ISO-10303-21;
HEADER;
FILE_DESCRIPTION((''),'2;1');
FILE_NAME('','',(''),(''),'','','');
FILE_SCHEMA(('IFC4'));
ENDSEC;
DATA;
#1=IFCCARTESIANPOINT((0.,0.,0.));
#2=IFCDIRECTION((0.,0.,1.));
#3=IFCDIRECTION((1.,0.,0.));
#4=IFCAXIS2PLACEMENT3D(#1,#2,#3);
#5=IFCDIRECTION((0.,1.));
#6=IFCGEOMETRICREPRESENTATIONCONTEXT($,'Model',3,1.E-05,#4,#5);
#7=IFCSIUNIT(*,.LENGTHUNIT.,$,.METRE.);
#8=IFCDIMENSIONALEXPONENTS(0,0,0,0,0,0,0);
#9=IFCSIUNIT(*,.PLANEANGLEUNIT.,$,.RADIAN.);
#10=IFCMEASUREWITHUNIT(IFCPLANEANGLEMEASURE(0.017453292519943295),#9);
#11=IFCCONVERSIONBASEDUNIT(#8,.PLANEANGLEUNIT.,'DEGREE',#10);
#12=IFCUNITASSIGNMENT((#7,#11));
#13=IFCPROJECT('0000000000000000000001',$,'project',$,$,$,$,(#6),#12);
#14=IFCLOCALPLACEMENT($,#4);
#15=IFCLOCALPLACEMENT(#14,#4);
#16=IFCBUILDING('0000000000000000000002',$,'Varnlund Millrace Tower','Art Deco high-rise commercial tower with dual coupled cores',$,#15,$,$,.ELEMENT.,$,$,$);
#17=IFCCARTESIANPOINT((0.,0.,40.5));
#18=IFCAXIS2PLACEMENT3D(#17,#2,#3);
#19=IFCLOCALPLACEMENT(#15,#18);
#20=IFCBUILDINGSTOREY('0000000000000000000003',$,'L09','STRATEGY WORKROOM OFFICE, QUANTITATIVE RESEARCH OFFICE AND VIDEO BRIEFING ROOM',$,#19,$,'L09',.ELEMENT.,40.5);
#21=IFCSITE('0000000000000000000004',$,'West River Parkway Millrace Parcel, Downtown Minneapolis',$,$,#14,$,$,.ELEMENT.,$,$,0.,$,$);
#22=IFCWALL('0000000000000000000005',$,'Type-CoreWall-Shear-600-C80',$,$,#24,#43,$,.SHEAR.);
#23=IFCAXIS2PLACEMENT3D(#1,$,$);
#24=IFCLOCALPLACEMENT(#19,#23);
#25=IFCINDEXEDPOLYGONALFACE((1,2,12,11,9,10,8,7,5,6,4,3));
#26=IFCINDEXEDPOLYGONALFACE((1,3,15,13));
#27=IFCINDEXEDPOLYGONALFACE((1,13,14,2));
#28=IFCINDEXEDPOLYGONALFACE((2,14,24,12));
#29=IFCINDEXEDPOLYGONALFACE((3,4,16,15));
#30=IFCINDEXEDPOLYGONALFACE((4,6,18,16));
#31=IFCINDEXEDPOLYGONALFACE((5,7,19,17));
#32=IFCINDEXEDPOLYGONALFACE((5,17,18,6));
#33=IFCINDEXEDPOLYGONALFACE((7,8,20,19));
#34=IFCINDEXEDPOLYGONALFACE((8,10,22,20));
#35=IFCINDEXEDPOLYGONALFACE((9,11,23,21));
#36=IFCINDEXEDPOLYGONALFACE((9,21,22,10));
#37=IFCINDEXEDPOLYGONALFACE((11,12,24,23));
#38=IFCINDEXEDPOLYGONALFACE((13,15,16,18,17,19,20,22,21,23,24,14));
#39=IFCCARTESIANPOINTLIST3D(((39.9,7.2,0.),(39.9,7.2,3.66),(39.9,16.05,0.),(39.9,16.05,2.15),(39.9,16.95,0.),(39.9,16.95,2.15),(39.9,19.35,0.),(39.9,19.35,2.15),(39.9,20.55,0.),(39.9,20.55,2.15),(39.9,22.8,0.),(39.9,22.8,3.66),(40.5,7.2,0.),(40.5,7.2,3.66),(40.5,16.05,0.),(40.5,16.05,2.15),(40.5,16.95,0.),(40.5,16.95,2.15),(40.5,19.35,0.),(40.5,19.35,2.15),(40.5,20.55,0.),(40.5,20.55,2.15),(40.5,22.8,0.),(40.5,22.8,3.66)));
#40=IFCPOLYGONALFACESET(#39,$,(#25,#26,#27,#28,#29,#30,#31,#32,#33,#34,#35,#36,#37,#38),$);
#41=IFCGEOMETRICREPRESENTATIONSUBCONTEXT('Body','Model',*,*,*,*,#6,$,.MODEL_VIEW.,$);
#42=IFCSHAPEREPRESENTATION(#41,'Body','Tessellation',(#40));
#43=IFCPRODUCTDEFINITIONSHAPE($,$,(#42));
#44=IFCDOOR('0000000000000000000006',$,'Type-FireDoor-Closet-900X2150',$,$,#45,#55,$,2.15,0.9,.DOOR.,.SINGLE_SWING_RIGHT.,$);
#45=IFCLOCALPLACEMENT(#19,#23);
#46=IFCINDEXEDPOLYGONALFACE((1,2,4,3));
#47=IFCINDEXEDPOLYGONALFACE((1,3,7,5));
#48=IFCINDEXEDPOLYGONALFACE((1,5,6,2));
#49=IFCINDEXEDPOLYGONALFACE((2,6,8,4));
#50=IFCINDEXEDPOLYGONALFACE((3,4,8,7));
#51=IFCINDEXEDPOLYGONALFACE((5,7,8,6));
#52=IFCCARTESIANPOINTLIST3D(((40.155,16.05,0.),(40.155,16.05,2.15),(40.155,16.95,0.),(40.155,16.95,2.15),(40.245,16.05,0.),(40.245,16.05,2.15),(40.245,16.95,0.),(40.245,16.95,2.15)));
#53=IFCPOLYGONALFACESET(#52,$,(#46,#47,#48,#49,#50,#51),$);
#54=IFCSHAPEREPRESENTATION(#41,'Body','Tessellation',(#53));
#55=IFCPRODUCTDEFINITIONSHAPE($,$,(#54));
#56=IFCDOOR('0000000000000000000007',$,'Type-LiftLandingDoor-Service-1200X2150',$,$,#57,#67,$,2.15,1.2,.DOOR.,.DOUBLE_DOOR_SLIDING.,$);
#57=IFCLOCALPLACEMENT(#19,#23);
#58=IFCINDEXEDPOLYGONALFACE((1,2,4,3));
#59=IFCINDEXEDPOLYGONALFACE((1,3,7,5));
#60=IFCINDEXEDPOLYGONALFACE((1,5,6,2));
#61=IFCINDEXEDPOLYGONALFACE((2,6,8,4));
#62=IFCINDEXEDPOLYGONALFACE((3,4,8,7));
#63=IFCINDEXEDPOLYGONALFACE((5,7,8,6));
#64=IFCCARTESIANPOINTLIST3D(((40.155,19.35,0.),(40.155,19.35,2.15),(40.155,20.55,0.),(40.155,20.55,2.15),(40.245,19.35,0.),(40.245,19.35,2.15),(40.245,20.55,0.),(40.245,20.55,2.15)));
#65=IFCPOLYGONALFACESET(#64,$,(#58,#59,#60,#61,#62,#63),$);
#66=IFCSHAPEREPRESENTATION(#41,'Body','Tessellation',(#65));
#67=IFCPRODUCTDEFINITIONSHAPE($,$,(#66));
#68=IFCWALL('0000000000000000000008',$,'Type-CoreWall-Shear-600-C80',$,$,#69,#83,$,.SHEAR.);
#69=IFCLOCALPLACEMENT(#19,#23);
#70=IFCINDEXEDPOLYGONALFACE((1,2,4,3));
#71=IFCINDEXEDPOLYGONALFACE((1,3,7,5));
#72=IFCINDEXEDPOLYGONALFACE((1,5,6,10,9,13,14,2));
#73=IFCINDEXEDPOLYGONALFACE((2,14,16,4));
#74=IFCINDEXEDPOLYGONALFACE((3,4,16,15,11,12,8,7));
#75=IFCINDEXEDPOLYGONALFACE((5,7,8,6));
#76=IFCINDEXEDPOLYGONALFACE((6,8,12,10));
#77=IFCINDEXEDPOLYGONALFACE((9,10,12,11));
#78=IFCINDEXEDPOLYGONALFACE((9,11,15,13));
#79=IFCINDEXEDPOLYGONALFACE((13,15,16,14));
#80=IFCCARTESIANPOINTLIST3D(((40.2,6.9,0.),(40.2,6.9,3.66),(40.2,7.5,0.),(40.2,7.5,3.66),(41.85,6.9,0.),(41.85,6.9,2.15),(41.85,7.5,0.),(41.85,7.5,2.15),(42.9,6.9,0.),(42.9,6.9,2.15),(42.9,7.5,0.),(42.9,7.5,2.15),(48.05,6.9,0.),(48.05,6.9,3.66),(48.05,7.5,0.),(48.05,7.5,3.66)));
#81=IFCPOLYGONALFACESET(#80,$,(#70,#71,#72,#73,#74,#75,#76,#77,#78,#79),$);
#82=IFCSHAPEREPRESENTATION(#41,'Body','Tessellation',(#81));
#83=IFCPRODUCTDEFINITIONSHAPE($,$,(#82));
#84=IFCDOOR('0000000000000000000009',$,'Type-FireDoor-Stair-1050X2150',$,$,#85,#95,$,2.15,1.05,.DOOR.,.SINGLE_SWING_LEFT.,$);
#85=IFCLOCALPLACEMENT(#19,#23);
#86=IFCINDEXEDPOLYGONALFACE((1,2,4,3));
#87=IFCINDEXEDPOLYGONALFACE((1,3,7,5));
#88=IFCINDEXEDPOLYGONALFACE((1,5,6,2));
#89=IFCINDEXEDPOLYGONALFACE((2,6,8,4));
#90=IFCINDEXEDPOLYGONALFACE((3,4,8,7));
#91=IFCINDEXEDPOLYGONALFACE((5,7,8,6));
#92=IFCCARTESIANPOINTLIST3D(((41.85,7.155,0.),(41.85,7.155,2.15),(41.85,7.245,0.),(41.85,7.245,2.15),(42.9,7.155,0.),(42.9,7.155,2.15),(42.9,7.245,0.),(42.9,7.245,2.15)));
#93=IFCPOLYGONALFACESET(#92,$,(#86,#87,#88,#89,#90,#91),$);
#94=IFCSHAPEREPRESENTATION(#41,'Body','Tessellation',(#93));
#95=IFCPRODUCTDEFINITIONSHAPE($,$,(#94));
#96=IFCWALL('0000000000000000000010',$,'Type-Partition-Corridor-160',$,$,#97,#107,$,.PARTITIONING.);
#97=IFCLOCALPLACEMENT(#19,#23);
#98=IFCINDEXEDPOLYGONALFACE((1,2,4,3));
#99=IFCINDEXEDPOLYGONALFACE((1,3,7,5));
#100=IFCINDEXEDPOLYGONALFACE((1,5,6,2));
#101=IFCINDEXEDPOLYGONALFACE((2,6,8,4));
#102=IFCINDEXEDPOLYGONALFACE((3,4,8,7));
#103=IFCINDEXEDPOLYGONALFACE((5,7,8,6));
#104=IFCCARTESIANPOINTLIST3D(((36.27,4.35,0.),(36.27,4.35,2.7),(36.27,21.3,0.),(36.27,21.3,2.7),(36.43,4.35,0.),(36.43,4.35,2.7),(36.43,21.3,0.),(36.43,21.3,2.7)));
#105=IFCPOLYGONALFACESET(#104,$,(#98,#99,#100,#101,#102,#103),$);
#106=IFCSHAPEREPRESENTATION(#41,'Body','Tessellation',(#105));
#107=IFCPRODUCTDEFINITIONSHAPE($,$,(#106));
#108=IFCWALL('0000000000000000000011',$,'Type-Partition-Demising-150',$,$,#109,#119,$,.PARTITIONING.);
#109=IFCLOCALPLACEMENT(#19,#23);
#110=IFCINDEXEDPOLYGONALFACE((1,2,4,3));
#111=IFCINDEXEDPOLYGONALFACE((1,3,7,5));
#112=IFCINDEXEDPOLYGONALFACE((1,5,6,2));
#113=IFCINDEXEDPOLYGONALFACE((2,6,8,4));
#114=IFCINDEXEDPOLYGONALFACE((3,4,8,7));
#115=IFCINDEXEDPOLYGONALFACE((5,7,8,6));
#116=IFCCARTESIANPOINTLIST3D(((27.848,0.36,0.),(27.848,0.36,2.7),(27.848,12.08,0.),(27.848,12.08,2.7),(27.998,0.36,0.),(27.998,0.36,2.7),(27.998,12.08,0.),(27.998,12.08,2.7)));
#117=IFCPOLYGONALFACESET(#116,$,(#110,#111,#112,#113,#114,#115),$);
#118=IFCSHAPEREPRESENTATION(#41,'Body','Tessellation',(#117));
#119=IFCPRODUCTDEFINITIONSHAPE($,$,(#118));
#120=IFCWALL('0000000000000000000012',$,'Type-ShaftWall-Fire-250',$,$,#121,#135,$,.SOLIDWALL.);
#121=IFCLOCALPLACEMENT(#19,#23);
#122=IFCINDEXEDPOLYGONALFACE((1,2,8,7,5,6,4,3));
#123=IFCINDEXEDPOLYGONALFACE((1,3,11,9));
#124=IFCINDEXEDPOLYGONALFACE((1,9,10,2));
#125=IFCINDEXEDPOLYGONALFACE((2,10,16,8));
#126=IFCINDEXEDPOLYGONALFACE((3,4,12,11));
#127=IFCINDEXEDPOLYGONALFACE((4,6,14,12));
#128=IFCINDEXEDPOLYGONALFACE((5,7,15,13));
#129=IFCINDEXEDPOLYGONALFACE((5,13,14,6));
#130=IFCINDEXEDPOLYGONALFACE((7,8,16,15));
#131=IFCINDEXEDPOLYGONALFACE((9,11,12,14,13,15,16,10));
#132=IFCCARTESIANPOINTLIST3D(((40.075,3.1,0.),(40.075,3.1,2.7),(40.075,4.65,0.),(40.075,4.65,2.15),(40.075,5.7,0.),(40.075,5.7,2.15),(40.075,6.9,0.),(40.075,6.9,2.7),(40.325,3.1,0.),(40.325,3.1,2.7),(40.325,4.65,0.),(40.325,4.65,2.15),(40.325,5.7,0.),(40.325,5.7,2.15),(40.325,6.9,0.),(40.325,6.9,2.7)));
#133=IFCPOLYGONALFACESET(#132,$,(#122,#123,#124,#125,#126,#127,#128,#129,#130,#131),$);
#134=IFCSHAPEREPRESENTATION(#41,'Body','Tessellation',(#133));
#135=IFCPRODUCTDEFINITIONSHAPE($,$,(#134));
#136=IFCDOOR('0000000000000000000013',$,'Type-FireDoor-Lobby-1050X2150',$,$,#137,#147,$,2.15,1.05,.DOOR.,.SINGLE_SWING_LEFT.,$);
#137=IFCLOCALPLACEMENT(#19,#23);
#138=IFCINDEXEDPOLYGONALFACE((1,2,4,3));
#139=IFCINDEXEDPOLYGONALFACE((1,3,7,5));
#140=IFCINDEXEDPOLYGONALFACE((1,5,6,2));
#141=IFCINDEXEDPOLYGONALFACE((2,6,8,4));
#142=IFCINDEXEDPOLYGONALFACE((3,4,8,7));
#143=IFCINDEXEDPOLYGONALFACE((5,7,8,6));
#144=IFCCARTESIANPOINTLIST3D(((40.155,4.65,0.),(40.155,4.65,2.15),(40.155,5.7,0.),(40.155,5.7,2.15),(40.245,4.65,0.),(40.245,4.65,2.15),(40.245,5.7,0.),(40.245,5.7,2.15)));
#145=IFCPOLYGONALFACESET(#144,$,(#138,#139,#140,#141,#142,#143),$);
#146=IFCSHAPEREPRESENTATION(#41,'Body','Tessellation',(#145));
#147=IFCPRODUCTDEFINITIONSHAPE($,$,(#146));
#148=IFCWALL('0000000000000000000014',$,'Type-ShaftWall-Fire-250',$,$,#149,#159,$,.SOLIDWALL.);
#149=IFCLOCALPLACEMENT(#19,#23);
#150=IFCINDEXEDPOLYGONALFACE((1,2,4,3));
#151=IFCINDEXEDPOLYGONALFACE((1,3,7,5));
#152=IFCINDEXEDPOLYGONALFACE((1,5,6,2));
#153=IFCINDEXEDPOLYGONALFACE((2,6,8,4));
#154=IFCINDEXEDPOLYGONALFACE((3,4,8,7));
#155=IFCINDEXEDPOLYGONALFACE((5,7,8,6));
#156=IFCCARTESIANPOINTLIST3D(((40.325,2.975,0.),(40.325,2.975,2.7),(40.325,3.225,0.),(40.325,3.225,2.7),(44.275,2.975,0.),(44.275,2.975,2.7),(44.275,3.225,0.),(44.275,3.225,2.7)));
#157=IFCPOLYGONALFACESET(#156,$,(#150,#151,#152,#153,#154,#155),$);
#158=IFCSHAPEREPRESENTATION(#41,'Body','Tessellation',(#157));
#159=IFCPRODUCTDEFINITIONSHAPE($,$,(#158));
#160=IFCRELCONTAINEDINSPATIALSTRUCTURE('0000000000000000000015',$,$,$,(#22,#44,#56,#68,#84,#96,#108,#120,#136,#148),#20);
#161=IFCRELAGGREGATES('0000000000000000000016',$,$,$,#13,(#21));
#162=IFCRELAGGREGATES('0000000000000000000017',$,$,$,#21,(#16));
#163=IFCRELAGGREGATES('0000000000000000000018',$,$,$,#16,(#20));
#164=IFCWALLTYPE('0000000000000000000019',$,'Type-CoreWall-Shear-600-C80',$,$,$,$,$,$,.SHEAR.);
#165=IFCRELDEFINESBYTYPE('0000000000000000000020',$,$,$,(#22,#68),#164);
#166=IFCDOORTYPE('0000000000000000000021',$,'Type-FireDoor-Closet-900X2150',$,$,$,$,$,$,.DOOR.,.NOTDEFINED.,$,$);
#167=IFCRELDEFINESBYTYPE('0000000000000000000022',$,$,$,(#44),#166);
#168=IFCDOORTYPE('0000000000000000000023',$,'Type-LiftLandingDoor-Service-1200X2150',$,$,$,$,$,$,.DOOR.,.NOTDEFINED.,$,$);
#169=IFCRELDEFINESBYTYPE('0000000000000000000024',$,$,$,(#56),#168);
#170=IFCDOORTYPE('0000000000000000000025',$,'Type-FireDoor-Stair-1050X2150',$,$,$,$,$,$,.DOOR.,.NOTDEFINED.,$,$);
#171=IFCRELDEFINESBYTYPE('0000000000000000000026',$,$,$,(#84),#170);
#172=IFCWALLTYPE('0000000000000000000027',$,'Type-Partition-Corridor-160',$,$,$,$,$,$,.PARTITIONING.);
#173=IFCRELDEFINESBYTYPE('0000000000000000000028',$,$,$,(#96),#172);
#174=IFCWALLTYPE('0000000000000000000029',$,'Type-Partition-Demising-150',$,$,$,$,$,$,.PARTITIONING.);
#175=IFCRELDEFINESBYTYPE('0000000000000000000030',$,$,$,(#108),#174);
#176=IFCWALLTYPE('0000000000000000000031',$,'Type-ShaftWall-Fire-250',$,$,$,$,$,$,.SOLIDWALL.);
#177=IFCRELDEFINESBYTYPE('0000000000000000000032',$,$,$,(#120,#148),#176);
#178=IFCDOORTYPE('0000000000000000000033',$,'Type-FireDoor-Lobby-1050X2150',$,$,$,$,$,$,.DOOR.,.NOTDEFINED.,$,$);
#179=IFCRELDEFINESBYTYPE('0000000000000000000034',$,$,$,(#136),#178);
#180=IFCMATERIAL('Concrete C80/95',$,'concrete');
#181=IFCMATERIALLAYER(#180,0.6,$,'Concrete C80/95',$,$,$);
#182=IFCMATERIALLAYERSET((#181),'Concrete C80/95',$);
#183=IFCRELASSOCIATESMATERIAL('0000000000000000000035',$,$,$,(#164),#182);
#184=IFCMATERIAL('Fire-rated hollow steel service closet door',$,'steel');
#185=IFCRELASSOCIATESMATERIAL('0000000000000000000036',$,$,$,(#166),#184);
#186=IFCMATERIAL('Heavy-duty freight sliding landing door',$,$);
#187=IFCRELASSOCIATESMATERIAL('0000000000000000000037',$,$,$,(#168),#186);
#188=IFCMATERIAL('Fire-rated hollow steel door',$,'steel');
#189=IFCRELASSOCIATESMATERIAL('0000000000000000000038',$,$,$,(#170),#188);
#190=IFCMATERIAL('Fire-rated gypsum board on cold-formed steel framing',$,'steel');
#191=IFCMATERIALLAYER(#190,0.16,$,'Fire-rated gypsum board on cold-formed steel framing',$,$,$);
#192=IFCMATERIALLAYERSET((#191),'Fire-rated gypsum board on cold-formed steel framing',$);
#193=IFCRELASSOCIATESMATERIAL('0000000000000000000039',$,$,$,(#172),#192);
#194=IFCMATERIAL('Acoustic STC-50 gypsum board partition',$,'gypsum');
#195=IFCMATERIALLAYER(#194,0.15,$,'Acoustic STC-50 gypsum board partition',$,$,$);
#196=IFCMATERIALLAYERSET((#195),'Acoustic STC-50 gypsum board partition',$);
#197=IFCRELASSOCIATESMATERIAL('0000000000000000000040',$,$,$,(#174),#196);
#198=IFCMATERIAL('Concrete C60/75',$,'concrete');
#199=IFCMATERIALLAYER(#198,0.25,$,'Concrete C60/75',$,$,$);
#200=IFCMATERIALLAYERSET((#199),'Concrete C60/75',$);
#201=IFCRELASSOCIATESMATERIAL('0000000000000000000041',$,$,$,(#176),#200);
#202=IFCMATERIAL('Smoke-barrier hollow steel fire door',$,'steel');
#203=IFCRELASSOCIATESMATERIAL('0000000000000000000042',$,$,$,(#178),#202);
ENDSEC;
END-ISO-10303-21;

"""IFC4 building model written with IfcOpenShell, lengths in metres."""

from ifc_helpers import new_model, entity, si_unit, converted_unit, direction, frame, origin_with_axes, origin_2d_with_axis, place, context, subcontext, project, spatial, polyline, rectangle, outline, extrude, material, layer, layer_set, type_object, element, fill, save


model = new_model("IFC4")

# Units and contexts
model_context = context("Model", 3, precision=1e-05, world=origin_with_axes(), true_north=direction((0.0, 1.0)))
body_context = subcontext(model_context, "Body", "Model", "MODEL_VIEW")
ifc_project = project(units=[si_unit("LENGTHUNIT", "METRE"), converted_unit("PLANEANGLEUNIT", "DEGREE", entity("IfcPlaneAngleMeasure", 0.017453292519943295), si_unit("PLANEANGLEUNIT", "RADIAN"), dimensions=[0, 0, 0, 0, 0, 0, 0])], contexts=[model_context])

# Site, building, storey
site_placement = place(None, origin_with_axes())
site = spatial("IfcSite", under=ifc_project, at=site_placement, Name="West River Parkway Millrace Parcel, Downtown Minneapolis", CompositionType="ELEMENT", RefElevation=0.0)
building_placement = place(site_placement, origin_with_axes())
building = spatial("IfcBuilding", under=site, at=building_placement, Name="Varnlund Millrace Tower", Description="Art Deco high-rise commercial tower with dual coupled cores", CompositionType="ELEMENT")
storey_placement = place(building_placement, frame((0.0, 0.0, 40.5), z_axis=(0.0, 0.0, 1.0), x_axis=(1.0, 0.0, 0.0)))
storey = spatial("IfcBuildingStorey", under=building, at=storey_placement, Name="L09", Description="STRATEGY WORKROOM OFFICE, QUANTITATIVE RESEARCH OFFICE AND VIDEO BRIEFING ROOM", LongName="L09", CompositionType="ELEMENT", Elevation=40.5)

# Shared definitions
ifc_material_1 = material(Name="Concrete C80/95", Category="concrete")

# Wall, openings, doors
ifc_layer_1 = layer(ifc_material_1, 0.6, Name="Concrete C80/95")
ifc_layer_set_1 = layer_set([ifc_layer_1], Name="Concrete C80/95")
wall_type_1 = type_object("IfcWallType", Name="Type-CoreWall-Shear-600-C80", PredefinedType="SHEAR", material=ifc_layer_set_1)
wall_1_placement = place(storey_placement, frame((40.2, 7.2, 0.0), z_axis=(0.0, 0.0, 1.0), x_axis=(0.0, 1.0, 0.0)))
wall_1 = element("IfcWall", 1, at=wall_1_placement, inside=storey, type_object=wall_type_1, Name="Type-CoreWall-Shear-600-C80", PredefinedType="SHEAR", context=body_context, shape_type="SweptSolid", body=[
    extrude(outline(polyline([(0.0, -0.3), (15.6, -0.3), (15.6, 0.3), (0.0, 0.3), (0.0, -0.3)])), origin_with_axes(), (0.0, 0.0, 1.0), 3.66),
])
opening_1_placement = place(wall_1_placement, frame((12.75, 0.0, 0.0), z_axis=(0.0, 0.0, 1.0), x_axis=(1.0, 0.0, 0.0)))
opening_1 = element("IfcOpeningElement", 2, at=opening_1_placement, cuts=wall_1, PredefinedType="OPENING", context=body_context, shape_type="SweptSolid", body=[
    extrude(rectangle(XDim=1.2, YDim=0.62, at=origin_2d_with_axis()), origin_with_axes(), (0.0, 0.0, 1.0), 2.15),
])
opening_2_placement = place(wall_1_placement, frame((9.3, 0.0, 0.0), z_axis=(0.0, 0.0, 1.0), x_axis=(1.0, 0.0, 0.0)))
opening_2 = element("IfcOpeningElement", 3, at=opening_2_placement, cuts=wall_1, PredefinedType="OPENING", context=body_context, shape_type="SweptSolid", body=[
    extrude(rectangle(XDim=0.9, YDim=0.62, at=origin_2d_with_axis()), origin_with_axes(), (0.0, 0.0, 1.0), 2.15),
])
ifc_material_2 = material(Name="Fire-rated hollow steel service closet door", Category="steel")
door_type_1 = type_object("IfcDoorType", Name="Type-FireDoor-Closet-900X2150", OperationType="NOTDEFINED", PredefinedType="DOOR", material=ifc_material_2)
door_1_placement = place(wall_1_placement, frame((9.3, 0.0, 0.0), z_axis=(0.0, 0.0, 1.0), x_axis=(1.0, 0.0, 0.0)))
door_1 = element("IfcDoor", 4, at=door_1_placement, inside=storey, type_object=door_type_1, Name="Type-FireDoor-Closet-900X2150", OperationType="SINGLE_SWING_RIGHT", OverallHeight=2.15, OverallWidth=0.9, PredefinedType="DOOR", context=body_context, shape_type="SweptSolid", body=[
    extrude(rectangle(XDim=0.9, YDim=0.09, at=origin_2d_with_axis()), origin_with_axes(), (0.0, 0.0, 1.0), 2.15),
])
fill(opening_2, door_1)
ifc_material_3 = material(Name="Heavy-duty freight sliding landing door")
door_type_2 = type_object("IfcDoorType", Name="Type-LiftLandingDoor-Service-1200X2150", OperationType="NOTDEFINED", PredefinedType="DOOR", material=ifc_material_3)
door_2_placement = place(wall_1_placement, frame((12.75, 0.0, 0.0), z_axis=(0.0, 0.0, 1.0), x_axis=(1.0, 0.0, 0.0)))
door_2 = element("IfcDoor", 5, at=door_2_placement, inside=storey, type_object=door_type_2, Name="Type-LiftLandingDoor-Service-1200X2150", OperationType="DOUBLE_DOOR_SLIDING", OverallHeight=2.15, OverallWidth=1.2, PredefinedType="DOOR", context=body_context, shape_type="SweptSolid", body=[
    extrude(rectangle(XDim=1.2, YDim=0.09, at=origin_2d_with_axis()), origin_with_axes(), (0.0, 0.0, 1.0), 2.15),
])
fill(opening_1, door_2)

# Wall, opening, door
wall_2_placement = place(storey_placement, frame((40.2, 7.2, 0.0), z_axis=(0.0, 0.0, 1.0), x_axis=(1.0, 0.0, 0.0)))
wall_2 = element("IfcWall", 6, at=wall_2_placement, inside=storey, type_object=wall_type_1, Name="Type-CoreWall-Shear-600-C80", PredefinedType="SHEAR", context=body_context, shape_type="SweptSolid", body=[
    extrude(outline(polyline([(0.0, -0.3), (7.85, -0.3), (7.85, 0.3), (0.0, 0.3), (0.0, -0.3)])), origin_with_axes(), (0.0, 0.0, 1.0), 3.66),
])
opening_3_placement = place(wall_2_placement, frame((2.175, 0.0, 0.0), z_axis=(0.0, 0.0, 1.0), x_axis=(1.0, 0.0, 0.0)))
opening_3 = element("IfcOpeningElement", 7, at=opening_3_placement, cuts=wall_2, PredefinedType="OPENING", context=body_context, shape_type="SweptSolid", body=[
    extrude(rectangle(XDim=1.05, YDim=0.62, at=origin_2d_with_axis()), origin_with_axes(), (0.0, 0.0, 1.0), 2.15),
])
ifc_material_4 = material(Name="Fire-rated hollow steel door", Category="steel")
door_type_3 = type_object("IfcDoorType", Name="Type-FireDoor-Stair-1050X2150", OperationType="NOTDEFINED", PredefinedType="DOOR", material=ifc_material_4)
door_3_placement = place(wall_2_placement, frame((2.175, 0.0, 0.0), z_axis=(0.0, 0.0, 1.0), x_axis=(1.0, 0.0, 0.0)))
door_3 = element("IfcDoor", 8, at=door_3_placement, inside=storey, type_object=door_type_3, Name="Type-FireDoor-Stair-1050X2150", OperationType="SINGLE_SWING_LEFT", OverallHeight=2.15, OverallWidth=1.05, PredefinedType="DOOR", context=body_context, shape_type="SweptSolid", body=[
    extrude(rectangle(XDim=1.05, YDim=0.09, at=origin_2d_with_axis()), origin_with_axes(), (0.0, 0.0, 1.0), 2.15),
])
fill(opening_3, door_3)

# Walls
ifc_material_5 = material(Name="Fire-rated gypsum board on cold-formed steel framing", Category="steel")
ifc_layer_2 = layer(ifc_material_5, 0.16, Name="Fire-rated gypsum board on cold-formed steel framing")
ifc_layer_set_2 = layer_set([ifc_layer_2], Name="Fire-rated gypsum board on cold-formed steel framing")
wall_type_2 = type_object("IfcWallType", Name="Type-Partition-Corridor-160", PredefinedType="PARTITIONING", material=ifc_layer_set_2)
wall_3_placement = place(storey_placement, frame((36.35, 4.35, 0.0), z_axis=(0.0, 0.0, 1.0), x_axis=(0.0, 1.0, 0.0)))
element("IfcWall", 9, at=wall_3_placement, inside=storey, type_object=wall_type_2, Name="Type-Partition-Corridor-160", PredefinedType="PARTITIONING", context=body_context, shape_type="SweptSolid", body=[
    extrude(outline(polyline([(0.0, -0.08), (16.95, -0.08), (16.95, 0.08), (0.0, 0.08), (0.0, -0.08)])), origin_with_axes(), (0.0, 0.0, 1.0), 2.7),
])
ifc_material_6 = material(Name="Acoustic STC-50 gypsum board partition", Category="gypsum")
ifc_layer_3 = layer(ifc_material_6, 0.15, Name="Acoustic STC-50 gypsum board partition")
ifc_layer_set_3 = layer_set([ifc_layer_3], Name="Acoustic STC-50 gypsum board partition")
wall_type_3 = type_object("IfcWallType", Name="Type-Partition-Demising-150", PredefinedType="PARTITIONING", material=ifc_layer_set_3)
wall_4_placement = place(storey_placement, frame((27.923, 0.36, 0.0), z_axis=(0.0, 0.0, 1.0), x_axis=(0.0, 1.0, 0.0)))
element("IfcWall", 10, at=wall_4_placement, inside=storey, type_object=wall_type_3, Name="Type-Partition-Demising-150", PredefinedType="PARTITIONING", context=body_context, shape_type="SweptSolid", body=[
    extrude(outline(polyline([(0.0, -0.075), (11.72, -0.075), (11.72, 0.075), (0.0, 0.075), (0.0, -0.075)])), origin_with_axes(), (0.0, 0.0, 1.0), 2.7),
])

# Wall, opening, door
ifc_material_7 = material(Name="Concrete C60/75", Category="concrete")
ifc_layer_4 = layer(ifc_material_7, 0.25, Name="Concrete C60/75")
ifc_layer_set_4 = layer_set([ifc_layer_4], Name="Concrete C60/75")
wall_type_4 = type_object("IfcWallType", Name="Type-ShaftWall-Fire-250", PredefinedType="SOLIDWALL", material=ifc_layer_set_4)
wall_5_placement = place(storey_placement, frame((40.2, 3.1, 0.0), z_axis=(0.0, 0.0, 1.0), x_axis=(0.0, 1.0, 0.0)))
wall_5 = element("IfcWall", 11, at=wall_5_placement, inside=storey, type_object=wall_type_4, Name="Type-ShaftWall-Fire-250", PredefinedType="SOLIDWALL", context=body_context, shape_type="SweptSolid", body=[
    extrude(outline(polyline([(0.0, -0.125), (3.8, -0.125), (3.8, 0.125), (0.0, 0.125), (0.0, -0.125)])), origin_with_axes(), (0.0, 0.0, 1.0), 2.7),
])
opening_4_placement = place(wall_5_placement, frame((2.075, 0.0, 0.0), z_axis=(0.0, 0.0, 1.0), x_axis=(1.0, 0.0, 0.0)))
opening_4 = element("IfcOpeningElement", 12, at=opening_4_placement, cuts=wall_5, PredefinedType="OPENING", context=body_context, shape_type="SweptSolid", body=[
    extrude(rectangle(XDim=1.05, YDim=0.27, at=origin_2d_with_axis()), origin_with_axes(), (0.0, 0.0, 1.0), 2.15),
])
ifc_material_8 = material(Name="Smoke-barrier hollow steel fire door", Category="steel")
door_type_4 = type_object("IfcDoorType", Name="Type-FireDoor-Lobby-1050X2150", OperationType="NOTDEFINED", PredefinedType="DOOR", material=ifc_material_8)
door_4_placement = place(wall_5_placement, frame((2.075, 0.0, 0.0), z_axis=(0.0, 0.0, 1.0), x_axis=(1.0, 0.0, 0.0)))
door_4 = element("IfcDoor", 13, at=door_4_placement, inside=storey, type_object=door_type_4, Name="Type-FireDoor-Lobby-1050X2150", OperationType="SINGLE_SWING_LEFT", OverallHeight=2.15, OverallWidth=1.05, PredefinedType="DOOR", context=body_context, shape_type="SweptSolid", body=[
    extrude(rectangle(XDim=1.05, YDim=0.09, at=origin_2d_with_axis()), origin_with_axes(), (0.0, 0.0, 1.0), 2.15),
])
fill(opening_4, door_4)

# Wall
wall_6_placement = place(storey_placement, frame((40.325, 3.1, 0.0), z_axis=(0.0, 0.0, 1.0), x_axis=(1.0, 0.0, 0.0)))
element("IfcWall", 14, at=wall_6_placement, inside=storey, type_object=wall_type_4, Name="Type-ShaftWall-Fire-250", PredefinedType="SOLIDWALL", context=body_context, shape_type="SweptSolid", body=[
    extrude(outline(polyline([(0.0, -0.125), (3.95, -0.125), (3.95, 0.125), (0.0, 0.125), (0.0, -0.125)])), origin_with_axes(), (0.0, 0.0, 1.0), 2.7),
])

save(model, "model.ifc")
